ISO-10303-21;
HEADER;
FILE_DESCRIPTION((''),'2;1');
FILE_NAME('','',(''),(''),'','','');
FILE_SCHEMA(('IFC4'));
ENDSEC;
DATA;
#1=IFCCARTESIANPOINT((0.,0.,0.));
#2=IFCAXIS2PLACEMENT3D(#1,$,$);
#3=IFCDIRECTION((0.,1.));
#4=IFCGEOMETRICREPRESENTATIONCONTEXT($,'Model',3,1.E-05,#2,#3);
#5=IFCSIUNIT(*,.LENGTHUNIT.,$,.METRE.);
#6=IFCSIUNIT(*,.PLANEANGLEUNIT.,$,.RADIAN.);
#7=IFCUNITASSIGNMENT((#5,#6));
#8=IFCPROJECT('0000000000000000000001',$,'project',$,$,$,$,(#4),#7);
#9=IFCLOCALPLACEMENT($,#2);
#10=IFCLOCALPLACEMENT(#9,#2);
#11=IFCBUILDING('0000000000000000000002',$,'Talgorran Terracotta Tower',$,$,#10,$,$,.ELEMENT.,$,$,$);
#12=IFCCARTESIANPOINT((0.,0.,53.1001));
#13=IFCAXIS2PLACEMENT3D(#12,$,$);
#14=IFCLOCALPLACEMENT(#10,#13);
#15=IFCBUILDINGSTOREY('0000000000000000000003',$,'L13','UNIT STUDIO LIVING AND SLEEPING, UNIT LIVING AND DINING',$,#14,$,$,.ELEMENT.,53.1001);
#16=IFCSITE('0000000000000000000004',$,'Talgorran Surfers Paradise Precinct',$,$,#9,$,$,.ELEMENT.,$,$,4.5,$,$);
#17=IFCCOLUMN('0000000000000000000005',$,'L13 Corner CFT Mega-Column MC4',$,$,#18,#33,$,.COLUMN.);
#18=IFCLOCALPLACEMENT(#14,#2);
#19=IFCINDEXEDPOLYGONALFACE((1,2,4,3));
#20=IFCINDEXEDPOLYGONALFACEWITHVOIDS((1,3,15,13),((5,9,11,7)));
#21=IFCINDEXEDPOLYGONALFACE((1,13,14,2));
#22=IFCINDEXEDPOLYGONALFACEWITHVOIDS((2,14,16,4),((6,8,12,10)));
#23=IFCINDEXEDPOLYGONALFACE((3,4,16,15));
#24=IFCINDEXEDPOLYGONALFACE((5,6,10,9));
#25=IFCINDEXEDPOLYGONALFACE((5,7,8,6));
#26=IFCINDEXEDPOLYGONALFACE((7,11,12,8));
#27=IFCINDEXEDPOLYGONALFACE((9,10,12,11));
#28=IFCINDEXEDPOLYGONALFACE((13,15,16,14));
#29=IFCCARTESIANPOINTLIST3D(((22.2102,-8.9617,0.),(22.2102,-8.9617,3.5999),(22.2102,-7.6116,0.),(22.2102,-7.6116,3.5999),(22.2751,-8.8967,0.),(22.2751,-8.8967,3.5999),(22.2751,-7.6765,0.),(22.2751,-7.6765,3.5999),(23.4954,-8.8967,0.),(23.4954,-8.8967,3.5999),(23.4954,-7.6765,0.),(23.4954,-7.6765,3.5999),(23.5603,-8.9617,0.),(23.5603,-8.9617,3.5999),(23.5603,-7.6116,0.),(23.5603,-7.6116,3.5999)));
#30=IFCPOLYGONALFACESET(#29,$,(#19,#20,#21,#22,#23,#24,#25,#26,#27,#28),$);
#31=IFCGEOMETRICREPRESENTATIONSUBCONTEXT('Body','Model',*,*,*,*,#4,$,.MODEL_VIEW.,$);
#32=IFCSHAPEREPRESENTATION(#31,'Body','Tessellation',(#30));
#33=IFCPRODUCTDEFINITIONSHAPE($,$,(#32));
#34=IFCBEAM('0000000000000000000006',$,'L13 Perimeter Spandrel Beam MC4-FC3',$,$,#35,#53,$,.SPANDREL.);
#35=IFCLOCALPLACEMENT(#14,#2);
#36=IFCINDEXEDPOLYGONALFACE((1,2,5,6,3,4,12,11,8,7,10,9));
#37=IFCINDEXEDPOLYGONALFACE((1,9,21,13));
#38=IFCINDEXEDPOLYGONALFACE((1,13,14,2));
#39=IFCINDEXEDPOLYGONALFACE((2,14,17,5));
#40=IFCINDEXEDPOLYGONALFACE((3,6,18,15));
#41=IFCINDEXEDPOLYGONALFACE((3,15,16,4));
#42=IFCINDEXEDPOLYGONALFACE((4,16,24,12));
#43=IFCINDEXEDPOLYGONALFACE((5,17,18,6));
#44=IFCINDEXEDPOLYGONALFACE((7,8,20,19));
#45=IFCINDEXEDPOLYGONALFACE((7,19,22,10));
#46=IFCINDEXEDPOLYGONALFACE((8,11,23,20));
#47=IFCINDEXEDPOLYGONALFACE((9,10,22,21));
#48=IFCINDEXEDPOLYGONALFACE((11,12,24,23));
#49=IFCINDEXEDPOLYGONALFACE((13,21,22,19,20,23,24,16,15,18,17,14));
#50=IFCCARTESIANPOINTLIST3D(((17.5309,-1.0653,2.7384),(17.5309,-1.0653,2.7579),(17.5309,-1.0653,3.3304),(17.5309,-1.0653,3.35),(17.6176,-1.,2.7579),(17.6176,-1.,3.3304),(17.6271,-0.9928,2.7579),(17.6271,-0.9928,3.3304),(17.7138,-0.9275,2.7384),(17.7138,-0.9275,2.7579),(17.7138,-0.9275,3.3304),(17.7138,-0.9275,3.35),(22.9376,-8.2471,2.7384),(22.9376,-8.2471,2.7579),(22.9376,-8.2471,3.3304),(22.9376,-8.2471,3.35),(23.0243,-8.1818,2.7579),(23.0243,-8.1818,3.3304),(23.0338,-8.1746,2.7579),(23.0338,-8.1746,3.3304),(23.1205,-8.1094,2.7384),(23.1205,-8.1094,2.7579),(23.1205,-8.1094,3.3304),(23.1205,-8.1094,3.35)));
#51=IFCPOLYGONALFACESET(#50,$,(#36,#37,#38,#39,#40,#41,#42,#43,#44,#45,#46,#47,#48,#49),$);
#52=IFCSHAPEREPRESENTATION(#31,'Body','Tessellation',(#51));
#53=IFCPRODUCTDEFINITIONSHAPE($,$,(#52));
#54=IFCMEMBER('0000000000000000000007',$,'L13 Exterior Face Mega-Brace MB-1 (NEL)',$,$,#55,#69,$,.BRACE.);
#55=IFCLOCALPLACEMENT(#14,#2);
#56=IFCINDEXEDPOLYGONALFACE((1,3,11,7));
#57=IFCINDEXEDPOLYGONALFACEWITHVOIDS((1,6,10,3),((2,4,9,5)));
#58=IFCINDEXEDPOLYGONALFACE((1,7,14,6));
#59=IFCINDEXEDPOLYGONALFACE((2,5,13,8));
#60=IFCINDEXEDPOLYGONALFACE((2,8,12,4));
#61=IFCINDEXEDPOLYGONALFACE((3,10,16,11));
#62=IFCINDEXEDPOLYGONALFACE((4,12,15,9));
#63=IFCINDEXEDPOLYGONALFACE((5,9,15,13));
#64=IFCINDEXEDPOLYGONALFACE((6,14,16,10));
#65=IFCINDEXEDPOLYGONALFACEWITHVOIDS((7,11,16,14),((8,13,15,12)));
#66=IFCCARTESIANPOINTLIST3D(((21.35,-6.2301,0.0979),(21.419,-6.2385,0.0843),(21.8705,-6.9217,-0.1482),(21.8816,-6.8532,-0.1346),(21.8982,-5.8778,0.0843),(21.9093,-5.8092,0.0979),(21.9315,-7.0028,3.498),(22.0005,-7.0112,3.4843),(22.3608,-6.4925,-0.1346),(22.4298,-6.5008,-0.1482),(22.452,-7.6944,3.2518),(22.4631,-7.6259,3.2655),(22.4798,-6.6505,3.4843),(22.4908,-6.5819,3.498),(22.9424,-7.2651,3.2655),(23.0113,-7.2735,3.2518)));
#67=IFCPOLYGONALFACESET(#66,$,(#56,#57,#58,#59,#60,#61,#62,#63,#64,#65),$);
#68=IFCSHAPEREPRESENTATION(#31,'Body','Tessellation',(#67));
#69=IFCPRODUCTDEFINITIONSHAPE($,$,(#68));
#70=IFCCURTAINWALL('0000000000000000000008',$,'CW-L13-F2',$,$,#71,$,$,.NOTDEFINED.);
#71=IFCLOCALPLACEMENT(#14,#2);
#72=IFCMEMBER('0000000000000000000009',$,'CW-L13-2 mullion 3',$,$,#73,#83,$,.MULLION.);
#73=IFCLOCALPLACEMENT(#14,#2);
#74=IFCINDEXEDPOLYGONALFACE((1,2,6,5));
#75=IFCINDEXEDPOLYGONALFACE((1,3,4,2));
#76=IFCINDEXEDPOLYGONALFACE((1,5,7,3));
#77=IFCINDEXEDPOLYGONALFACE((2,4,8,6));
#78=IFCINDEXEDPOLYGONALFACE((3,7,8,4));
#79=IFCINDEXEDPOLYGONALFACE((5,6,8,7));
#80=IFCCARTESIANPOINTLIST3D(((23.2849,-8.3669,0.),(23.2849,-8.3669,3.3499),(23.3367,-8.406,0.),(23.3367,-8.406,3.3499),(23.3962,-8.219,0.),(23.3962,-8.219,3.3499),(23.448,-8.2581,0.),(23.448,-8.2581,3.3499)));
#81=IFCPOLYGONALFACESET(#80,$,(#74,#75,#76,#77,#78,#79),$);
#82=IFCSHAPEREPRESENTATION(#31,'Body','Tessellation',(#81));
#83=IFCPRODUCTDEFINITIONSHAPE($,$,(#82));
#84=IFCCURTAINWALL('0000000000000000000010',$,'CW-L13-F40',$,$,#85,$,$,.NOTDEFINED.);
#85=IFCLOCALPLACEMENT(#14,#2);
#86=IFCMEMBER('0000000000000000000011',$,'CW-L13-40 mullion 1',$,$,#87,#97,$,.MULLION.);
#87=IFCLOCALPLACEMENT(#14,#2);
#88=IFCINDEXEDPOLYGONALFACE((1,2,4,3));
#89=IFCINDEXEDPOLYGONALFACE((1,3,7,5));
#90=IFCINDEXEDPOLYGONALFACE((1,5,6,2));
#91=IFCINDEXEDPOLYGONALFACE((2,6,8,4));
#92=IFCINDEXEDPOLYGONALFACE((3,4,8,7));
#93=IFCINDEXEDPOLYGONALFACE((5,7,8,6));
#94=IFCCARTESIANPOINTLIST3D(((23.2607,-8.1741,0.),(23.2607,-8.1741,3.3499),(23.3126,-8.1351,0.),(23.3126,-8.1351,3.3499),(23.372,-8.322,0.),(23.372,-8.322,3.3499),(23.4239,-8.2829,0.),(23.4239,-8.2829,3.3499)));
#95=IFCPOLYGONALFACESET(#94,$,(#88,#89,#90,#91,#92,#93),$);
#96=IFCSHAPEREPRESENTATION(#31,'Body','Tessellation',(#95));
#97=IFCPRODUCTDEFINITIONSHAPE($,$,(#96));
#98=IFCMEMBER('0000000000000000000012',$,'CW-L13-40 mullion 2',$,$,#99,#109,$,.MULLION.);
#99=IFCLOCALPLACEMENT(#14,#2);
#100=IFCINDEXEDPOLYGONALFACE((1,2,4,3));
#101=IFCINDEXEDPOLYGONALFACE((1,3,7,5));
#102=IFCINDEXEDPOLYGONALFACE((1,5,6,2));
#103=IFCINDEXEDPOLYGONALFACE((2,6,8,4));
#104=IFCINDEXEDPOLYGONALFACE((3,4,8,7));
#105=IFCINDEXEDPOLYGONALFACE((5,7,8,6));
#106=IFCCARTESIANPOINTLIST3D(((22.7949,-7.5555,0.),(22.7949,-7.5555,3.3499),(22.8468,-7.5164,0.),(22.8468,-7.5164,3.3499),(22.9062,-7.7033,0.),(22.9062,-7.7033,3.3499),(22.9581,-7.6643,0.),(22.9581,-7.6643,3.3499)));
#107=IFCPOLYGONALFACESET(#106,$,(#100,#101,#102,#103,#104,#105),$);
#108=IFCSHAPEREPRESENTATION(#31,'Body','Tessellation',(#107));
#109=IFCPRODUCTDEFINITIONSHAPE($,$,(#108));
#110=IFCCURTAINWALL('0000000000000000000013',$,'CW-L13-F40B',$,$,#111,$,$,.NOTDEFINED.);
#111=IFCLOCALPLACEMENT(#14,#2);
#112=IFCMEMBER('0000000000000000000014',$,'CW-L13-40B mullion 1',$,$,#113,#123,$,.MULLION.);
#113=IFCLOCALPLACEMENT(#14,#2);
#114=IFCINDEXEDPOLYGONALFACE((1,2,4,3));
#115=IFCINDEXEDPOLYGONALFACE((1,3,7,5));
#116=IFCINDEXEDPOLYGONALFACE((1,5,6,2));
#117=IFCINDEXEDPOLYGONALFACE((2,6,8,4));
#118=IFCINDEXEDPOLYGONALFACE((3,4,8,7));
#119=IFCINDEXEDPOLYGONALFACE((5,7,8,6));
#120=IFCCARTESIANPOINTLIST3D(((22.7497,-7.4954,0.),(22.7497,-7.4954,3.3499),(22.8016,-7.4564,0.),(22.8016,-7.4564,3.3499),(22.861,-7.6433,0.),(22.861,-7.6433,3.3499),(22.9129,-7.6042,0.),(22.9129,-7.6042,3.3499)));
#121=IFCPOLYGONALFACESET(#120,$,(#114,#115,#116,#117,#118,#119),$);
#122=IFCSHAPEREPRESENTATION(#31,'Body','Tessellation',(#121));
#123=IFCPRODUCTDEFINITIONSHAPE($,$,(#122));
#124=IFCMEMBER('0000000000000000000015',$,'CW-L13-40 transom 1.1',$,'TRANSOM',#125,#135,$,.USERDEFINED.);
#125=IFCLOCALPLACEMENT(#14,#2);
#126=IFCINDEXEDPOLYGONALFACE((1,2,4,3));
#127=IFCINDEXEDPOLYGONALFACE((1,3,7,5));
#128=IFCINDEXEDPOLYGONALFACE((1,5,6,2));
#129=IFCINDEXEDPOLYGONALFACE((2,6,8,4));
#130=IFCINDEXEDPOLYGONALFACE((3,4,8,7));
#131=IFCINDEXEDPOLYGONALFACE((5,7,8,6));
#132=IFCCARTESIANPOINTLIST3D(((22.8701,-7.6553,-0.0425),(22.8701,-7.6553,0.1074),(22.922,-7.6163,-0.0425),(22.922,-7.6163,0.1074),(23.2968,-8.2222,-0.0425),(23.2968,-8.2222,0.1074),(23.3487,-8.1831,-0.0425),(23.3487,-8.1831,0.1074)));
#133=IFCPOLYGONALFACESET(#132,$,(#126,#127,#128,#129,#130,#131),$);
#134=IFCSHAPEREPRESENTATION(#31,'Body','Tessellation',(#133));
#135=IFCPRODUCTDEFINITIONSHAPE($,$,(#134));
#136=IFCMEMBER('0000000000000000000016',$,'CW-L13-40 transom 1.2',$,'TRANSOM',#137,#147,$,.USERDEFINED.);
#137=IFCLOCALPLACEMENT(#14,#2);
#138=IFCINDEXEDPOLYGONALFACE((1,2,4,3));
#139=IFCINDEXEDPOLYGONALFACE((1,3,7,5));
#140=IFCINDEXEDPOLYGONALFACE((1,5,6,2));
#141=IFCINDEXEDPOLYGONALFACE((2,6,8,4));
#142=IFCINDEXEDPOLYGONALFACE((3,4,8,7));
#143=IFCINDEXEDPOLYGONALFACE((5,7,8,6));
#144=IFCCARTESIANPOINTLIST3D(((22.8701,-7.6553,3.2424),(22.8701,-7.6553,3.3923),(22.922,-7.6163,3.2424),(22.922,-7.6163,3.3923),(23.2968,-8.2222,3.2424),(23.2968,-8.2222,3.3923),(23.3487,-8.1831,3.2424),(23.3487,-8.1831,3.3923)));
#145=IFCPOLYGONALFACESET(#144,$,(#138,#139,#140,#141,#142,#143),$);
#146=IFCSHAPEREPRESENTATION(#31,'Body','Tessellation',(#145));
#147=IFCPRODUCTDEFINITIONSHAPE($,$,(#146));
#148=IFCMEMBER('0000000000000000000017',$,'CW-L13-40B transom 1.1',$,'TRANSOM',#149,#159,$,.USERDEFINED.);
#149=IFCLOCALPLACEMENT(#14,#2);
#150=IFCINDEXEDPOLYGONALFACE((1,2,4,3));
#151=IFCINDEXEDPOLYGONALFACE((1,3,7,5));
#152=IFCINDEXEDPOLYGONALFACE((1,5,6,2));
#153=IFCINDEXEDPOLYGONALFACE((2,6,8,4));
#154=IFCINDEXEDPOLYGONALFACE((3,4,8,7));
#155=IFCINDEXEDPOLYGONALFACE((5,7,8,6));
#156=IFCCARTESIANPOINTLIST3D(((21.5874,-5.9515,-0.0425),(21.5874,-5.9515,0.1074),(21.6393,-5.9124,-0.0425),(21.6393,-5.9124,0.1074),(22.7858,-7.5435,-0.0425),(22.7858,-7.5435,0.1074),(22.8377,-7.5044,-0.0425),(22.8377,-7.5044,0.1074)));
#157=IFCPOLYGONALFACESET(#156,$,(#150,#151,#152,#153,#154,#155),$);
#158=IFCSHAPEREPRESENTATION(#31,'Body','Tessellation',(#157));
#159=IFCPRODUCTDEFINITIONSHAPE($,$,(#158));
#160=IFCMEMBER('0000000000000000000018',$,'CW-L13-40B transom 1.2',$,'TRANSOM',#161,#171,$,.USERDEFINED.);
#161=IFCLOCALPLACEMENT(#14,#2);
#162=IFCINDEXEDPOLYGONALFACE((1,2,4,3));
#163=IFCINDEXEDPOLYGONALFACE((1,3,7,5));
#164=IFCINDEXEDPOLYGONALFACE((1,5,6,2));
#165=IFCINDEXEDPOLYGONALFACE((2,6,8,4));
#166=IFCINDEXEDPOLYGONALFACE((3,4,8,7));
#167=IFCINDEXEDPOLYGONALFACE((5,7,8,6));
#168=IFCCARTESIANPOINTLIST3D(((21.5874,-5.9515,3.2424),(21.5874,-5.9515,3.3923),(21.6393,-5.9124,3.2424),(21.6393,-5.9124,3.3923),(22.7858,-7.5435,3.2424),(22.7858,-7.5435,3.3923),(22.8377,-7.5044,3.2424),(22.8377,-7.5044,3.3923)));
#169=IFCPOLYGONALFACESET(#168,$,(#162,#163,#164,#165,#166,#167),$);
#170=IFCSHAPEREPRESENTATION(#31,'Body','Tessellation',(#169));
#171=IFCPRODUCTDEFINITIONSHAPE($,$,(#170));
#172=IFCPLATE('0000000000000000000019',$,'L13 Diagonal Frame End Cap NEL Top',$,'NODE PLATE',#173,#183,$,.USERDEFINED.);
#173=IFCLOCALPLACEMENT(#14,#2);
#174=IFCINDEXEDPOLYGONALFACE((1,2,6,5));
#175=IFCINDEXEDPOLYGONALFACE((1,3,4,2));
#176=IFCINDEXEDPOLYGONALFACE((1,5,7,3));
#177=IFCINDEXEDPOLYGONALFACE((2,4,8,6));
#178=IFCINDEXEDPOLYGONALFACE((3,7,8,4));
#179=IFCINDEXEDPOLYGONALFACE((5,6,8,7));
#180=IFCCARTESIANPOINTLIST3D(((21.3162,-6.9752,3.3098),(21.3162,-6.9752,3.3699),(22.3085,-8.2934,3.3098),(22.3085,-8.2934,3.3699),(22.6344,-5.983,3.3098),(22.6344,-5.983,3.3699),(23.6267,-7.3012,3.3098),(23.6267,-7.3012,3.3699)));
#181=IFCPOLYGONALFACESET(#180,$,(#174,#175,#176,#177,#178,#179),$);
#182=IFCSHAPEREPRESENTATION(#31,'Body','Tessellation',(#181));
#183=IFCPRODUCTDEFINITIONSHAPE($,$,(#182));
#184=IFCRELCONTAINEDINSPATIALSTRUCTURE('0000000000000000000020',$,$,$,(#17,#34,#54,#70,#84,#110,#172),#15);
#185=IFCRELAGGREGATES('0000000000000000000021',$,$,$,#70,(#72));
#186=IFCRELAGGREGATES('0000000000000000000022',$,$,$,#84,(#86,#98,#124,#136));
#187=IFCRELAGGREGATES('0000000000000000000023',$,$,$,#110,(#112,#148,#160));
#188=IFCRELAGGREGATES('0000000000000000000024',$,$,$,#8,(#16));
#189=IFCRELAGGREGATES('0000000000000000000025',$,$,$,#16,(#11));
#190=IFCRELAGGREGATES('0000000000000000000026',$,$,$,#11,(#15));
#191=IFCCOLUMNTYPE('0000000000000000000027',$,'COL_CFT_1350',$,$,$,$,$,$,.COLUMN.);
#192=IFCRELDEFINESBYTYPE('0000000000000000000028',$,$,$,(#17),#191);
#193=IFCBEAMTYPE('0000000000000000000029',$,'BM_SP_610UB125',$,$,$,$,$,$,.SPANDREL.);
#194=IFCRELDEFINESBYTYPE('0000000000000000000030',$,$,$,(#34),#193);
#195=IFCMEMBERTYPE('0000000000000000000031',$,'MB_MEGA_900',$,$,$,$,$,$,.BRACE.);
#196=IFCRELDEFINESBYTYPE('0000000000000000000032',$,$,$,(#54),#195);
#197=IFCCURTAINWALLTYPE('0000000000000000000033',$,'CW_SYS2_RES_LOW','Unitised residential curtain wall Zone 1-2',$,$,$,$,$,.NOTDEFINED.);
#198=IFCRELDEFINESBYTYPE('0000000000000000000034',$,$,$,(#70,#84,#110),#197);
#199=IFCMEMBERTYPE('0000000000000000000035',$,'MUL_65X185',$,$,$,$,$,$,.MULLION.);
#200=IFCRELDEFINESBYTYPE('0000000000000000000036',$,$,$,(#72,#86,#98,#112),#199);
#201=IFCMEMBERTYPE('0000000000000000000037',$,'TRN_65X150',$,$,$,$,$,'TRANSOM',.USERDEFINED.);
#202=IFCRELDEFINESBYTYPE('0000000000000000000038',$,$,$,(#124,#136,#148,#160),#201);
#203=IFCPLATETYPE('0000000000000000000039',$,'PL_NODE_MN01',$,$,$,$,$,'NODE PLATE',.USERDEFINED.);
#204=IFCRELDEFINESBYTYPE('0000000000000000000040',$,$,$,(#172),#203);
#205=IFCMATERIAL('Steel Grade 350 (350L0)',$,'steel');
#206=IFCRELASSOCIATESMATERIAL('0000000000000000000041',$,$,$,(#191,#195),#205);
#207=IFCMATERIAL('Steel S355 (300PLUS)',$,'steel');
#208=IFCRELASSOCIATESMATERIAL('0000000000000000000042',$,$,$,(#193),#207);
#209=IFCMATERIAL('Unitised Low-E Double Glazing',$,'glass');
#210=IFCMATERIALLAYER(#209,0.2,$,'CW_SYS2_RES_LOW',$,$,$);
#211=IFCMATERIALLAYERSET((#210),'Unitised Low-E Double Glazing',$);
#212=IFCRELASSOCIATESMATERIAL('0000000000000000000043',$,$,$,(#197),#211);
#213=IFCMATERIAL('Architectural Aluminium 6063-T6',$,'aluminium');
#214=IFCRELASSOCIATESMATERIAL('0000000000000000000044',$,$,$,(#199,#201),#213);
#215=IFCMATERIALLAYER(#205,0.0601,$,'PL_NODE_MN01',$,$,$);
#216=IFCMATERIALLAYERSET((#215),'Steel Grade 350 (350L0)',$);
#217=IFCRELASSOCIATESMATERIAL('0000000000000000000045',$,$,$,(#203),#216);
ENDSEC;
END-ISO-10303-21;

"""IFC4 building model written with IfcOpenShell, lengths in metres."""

from ifc_helpers import new_model, si_unit, direction, frame, origin, origin_2d, place, context, subcontext, project, spatial, rectangle, hollow_rectangle, i_section, extrude, material, layer, layer_set, material_profile, profile_set, type_object, element, aggregate, save


model = new_model("IFC4")

# Units and contexts
model_context = context("Model", 3, precision=1e-05, world=origin(), true_north=direction((0.0, 1.0)))
body_context = subcontext(model_context, "Body", "Model", "MODEL_VIEW")
ifc_project = project(units=[si_unit("LENGTHUNIT", "METRE"), si_unit("PLANEANGLEUNIT", "RADIAN")], contexts=[model_context])

# Site, building, storey
site_placement = place(None, origin())
site = spatial("IfcSite", under=ifc_project, at=site_placement, Name="Talgorran Surfers Paradise Precinct", CompositionType="ELEMENT", RefElevation=4.5)
building_placement = place(site_placement, origin())
building = spatial("IfcBuilding", under=site, at=building_placement, Name="Talgorran Terracotta Tower", CompositionType="ELEMENT")
storey_placement = place(building_placement, frame((0.0, 0.0, 53.1001)))
storey = spatial("IfcBuildingStorey", under=building, at=storey_placement, Name="L13", Description="UNIT STUDIO LIVING AND SLEEPING, UNIT LIVING AND DINING", CompositionType="ELEMENT", Elevation=53.1001)

# Column
ifc_material_1 = material(Name="Steel Grade 350 (350L0)", Category="steel")
ifc_material_profile_1 = material_profile(ifc_material_1, hollow_rectangle(XDim=1.3501, YDim=1.3501, WallThickness=0.0649, at=origin_2d()), Name="CFT1350X1350X65")
ifc_profile_set_1 = profile_set([ifc_material_profile_1], Name="Steel Grade 350 (350L0)")
column_type = type_object("IfcColumnType", Name="COL_CFT_1350", PredefinedType="COLUMN", material=ifc_profile_set_1)
column_placement = place(storey_placement, frame((22.8853, -8.2866, 0.0), z_axis=(0.0, 0.0, 1.0), x_axis=(1.0, 0.0, 0.0)))
element("IfcColumn", 1, at=column_placement, inside=storey, type_object=column_type, Name="L13 Corner CFT Mega-Column MC4", PredefinedType="COLUMN", context=body_context, shape_type="SweptSolid", body=[
    extrude(hollow_rectangle(XDim=1.3501, YDim=1.3501, WallThickness=0.0649, at=origin_2d()), origin(), (0.0, 0.0, 1.0), 3.5999),
])

# Beam
ifc_material_2 = material(Name="Steel S355 (300PLUS)", Category="steel")
ifc_material_profile_2 = material_profile(ifc_material_2, i_section(OverallWidth=0.229, OverallDepth=0.6116, WebThickness=0.012, FlangeThickness=0.0195, at=origin_2d()), Name="610UB125")
ifc_profile_set_2 = profile_set([ifc_material_profile_2], Name="Steel S355 (300PLUS)")
beam_type = type_object("IfcBeamType", Name="BM_SP_610UB125", PredefinedType="SPANDREL", material=ifc_profile_set_2)
beam_placement = place(storey_placement, frame((23.0291, -8.1782, 3.0442), z_axis=(-0.601446, 0.798913, 0.0), x_axis=(-0.798913, -0.601446, 0.0)))
element("IfcBeam", 2, at=beam_placement, inside=storey, type_object=beam_type, Name="L13 Perimeter Spandrel Beam MC4-FC3", PredefinedType="SPANDREL", context=body_context, shape_type="SweptSolid", body=[
    extrude(i_section(OverallWidth=0.229, OverallDepth=0.6116, WebThickness=0.012, FlangeThickness=0.0195, at=origin_2d()), origin(), (0.0, 0.0, 1.0), 8.9895),
])

# Member
ifc_material_profile_3 = material_profile(ifc_material_1, hollow_rectangle(XDim=0.7, YDim=0.8999, WallThickness=0.05, at=origin_2d()), Name="WBOX900X700X50")
ifc_profile_set_3 = profile_set([ifc_material_profile_3], Name="Steel Grade 350 (350L0)")
member_type_1 = type_object("IfcMemberType", Name="MB_MEGA_900", PredefinedType="BRACE", material=ifc_profile_set_3)
member_1_placement = place(storey_placement, frame((21.8899, -6.3655, -0.0251), z_axis=(0.16451, -0.218587, 0.961851), x_axis=(0.798999, 0.601332, 0.0)))
element("IfcMember", 3, at=member_1_placement, inside=storey, type_object=member_type_1, Name="L13 Exterior Face Mega-Brace MB-1 (NEL)", PredefinedType="BRACE", context=body_context, shape_type="SweptSolid", body=[
    extrude(hollow_rectangle(XDim=0.7, YDim=0.8999, WallThickness=0.05, at=origin_2d()), origin(), (0.0, 0.0, 1.0), 3.5349),
])

# Curtain wall, member
ifc_material_3 = material(Name="Unitised Low-E Double Glazing", Category="glass")
ifc_layer_1 = layer(ifc_material_3, 0.2, Name="CW_SYS2_RES_LOW")
ifc_layer_set_1 = layer_set([ifc_layer_1], Name="Unitised Low-E Double Glazing")
curtain_wall_type = type_object("IfcCurtainWallType", Name="CW_SYS2_RES_LOW", Description="Unitised residential curtain wall Zone 1-2", PredefinedType="NOTDEFINED", material=ifc_layer_set_1)
curtain_wall_1_placement = place(storey_placement, origin())
curtain_wall_1 = element("IfcCurtainWall", 4, at=curtain_wall_1_placement, inside=storey, type_object=curtain_wall_type, Name="CW-L13-F2", PredefinedType="NOTDEFINED")
ifc_material_4 = material(Name="Architectural Aluminium 6063-T6", Category="aluminium")
ifc_material_profile_4 = material_profile(ifc_material_4, rectangle(XDim=0.0649, YDim=0.1851, at=origin_2d()), Name="CWM65X185")
ifc_profile_set_4 = profile_set([ifc_material_profile_4], Name="Architectural Aluminium 6063-T6")
member_type_2 = type_object("IfcMemberType", Name="MUL_65X185", PredefinedType="MULLION", material=ifc_profile_set_4)
member_2_placement = place(storey_placement, frame((23.3665, -8.3125, 0.0), z_axis=(0.0, 0.0, 1.0), x_axis=(-0.798916, 0.601442, 0.0)))
member_2 = element("IfcMember", 5, at=member_2_placement, type_object=member_type_2, Name="CW-L13-2 mullion 3", PredefinedType="MULLION", context=body_context, shape_type="SweptSolid", body=[
    extrude(rectangle(XDim=0.0649, YDim=0.1851, at=origin_2d()), origin(), (0.0, 0.0, 1.0), 3.3499),
])

# Curtain wall, members
curtain_wall_2_placement = place(storey_placement, origin())
curtain_wall_2 = element("IfcCurtainWall", 6, at=curtain_wall_2_placement, inside=storey, type_object=curtain_wall_type, Name="CW-L13-F40", PredefinedType="NOTDEFINED")
member_3_placement = place(storey_placement, frame((23.3423, -8.2285, 0.0), z_axis=(0.0, 0.0, 1.0), x_axis=(-0.798913, -0.601447, 0.0)))
member_3 = element("IfcMember", 7, at=member_3_placement, type_object=member_type_2, Name="CW-L13-40 mullion 1", PredefinedType="MULLION", context=body_context, shape_type="SweptSolid", body=[
    extrude(rectangle(XDim=0.0649, YDim=0.1851, at=origin_2d()), origin(), (0.0, 0.0, 1.0), 3.3499),
])
member_4_placement = place(storey_placement, frame((22.8765, -7.6099, 0.0), z_axis=(0.0, 0.0, 1.0), x_axis=(-0.798913, -0.601447, 0.0)))
member_4 = element("IfcMember", 8, at=member_4_placement, type_object=member_type_2, Name="CW-L13-40 mullion 2", PredefinedType="MULLION", context=body_context, shape_type="SweptSolid", body=[
    extrude(rectangle(XDim=0.0649, YDim=0.1851, at=origin_2d()), origin(), (0.0, 0.0, 1.0), 3.3499),
])

# Curtain wall, member
curtain_wall_3_placement = place(storey_placement, origin())
curtain_wall_3 = element("IfcCurtainWall", 9, at=curtain_wall_3_placement, inside=storey, type_object=curtain_wall_type, Name="CW-L13-F40B", PredefinedType="NOTDEFINED")
member_5_placement = place(storey_placement, frame((22.8313, -7.5498, 0.0), z_axis=(0.0, 0.0, 1.0), x_axis=(-0.798919, -0.601439, 0.0)))
member_5 = element("IfcMember", 10, at=member_5_placement, type_object=member_type_2, Name="CW-L13-40B mullion 1", PredefinedType="MULLION", context=body_context, shape_type="SweptSolid", body=[
    extrude(rectangle(XDim=0.0649, YDim=0.1851, at=origin_2d()), origin(), (0.0, 0.0, 1.0), 3.3499),
])

# Members
ifc_material_profile_5 = material_profile(ifc_material_4, rectangle(XDim=0.0649, YDim=0.1499, at=origin_2d()), Name="CWT65X150")
ifc_profile_set_5 = profile_set([ifc_material_profile_5], Name="Architectural Aluminium 6063-T6")
member_type_3 = type_object("IfcMemberType", Name="TRN_65X150", ElementType="TRANSOM", PredefinedType="USERDEFINED", material=ifc_profile_set_5)
member_6_placement = place(storey_placement, frame((23.3228, -8.2026, 0.0325), z_axis=(-0.60143, 0.798925, 0.0), x_axis=(-0.798925, -0.60143, 0.0)))
member_6 = element("IfcMember", 11, at=member_6_placement, type_object=member_type_3, Name="CW-L13-40 transom 1.1", ObjectType="TRANSOM", PredefinedType="USERDEFINED", context=body_context, shape_type="SweptSolid", body=[
    extrude(rectangle(XDim=0.0649, YDim=0.1499, at=origin_2d()), origin(), (0.0, 0.0, 1.0), 0.7095),
])
member_7_placement = place(storey_placement, frame((23.3228, -8.2026, 3.3174), z_axis=(-0.60143, 0.798925, 0.0), x_axis=(-0.798925, -0.60143, 0.0)))
member_7 = element("IfcMember", 12, at=member_7_placement, type_object=member_type_3, Name="CW-L13-40 transom 1.2", ObjectType="TRANSOM", PredefinedType="USERDEFINED", context=body_context, shape_type="SweptSolid", body=[
    extrude(rectangle(XDim=0.0649, YDim=0.1499, at=origin_2d()), origin(), (0.0, 0.0, 1.0), 0.7095),
])
member_8_placement = place(storey_placement, frame((22.8118, -7.5239, 0.0325), z_axis=(-0.60143, 0.798925, 0.0), x_axis=(-0.798925, -0.60143, 0.0)))
member_8 = element("IfcMember", 13, at=member_8_placement, type_object=member_type_3, Name="CW-L13-40B transom 1.1", ObjectType="TRANSOM", PredefinedType="USERDEFINED", context=body_context, shape_type="SweptSolid", body=[
    extrude(rectangle(XDim=0.0649, YDim=0.1499, at=origin_2d()), origin(), (0.0, 0.0, 1.0), 1.9927),
])
member_9_placement = place(storey_placement, frame((22.8118, -7.5239, 3.3174), z_axis=(-0.60143, 0.798925, 0.0), x_axis=(-0.798925, -0.60143, 0.0)))
member_9 = element("IfcMember", 14, at=member_9_placement, type_object=member_type_3, Name="CW-L13-40B transom 1.2", ObjectType="TRANSOM", PredefinedType="USERDEFINED", context=body_context, shape_type="SweptSolid", body=[
    extrude(rectangle(XDim=0.0649, YDim=0.1499, at=origin_2d()), origin(), (0.0, 0.0, 1.0), 1.9927),
])

# Plate
ifc_layer_2 = layer(ifc_material_1, 0.0601, Name="PL_NODE_MN01")
ifc_layer_set_2 = layer_set([ifc_layer_2], Name="Steel Grade 350 (350L0)")
plate_type_1 = type_object("IfcPlateType", Name="PL_NODE_MN01", ElementType="NODE PLATE", PredefinedType="USERDEFINED", material=ifc_layer_set_2)
plate_1_placement = place(storey_placement, frame((22.4714, -7.1382, 3.3098), z_axis=(0.0, 0.0, 1.0), x_axis=(0.601397, -0.798951, 0.0)))
element("IfcPlate", 15, at=plate_1_placement, inside=storey, type_object=plate_type_1, Name="L13 Diagonal Frame End Cap NEL Top", ObjectType="NODE PLATE", PredefinedType="USERDEFINED", context=body_context, shape_type="SweptSolid", body=[
    extrude(rectangle(XDim=1.6499, YDim=1.6499, at=origin_2d()), origin(), (0.0, 0.0, 1.0), 0.0601),
])
aggregate(curtain_wall_1, [member_2])
aggregate(curtain_wall_2, [member_3, member_4, member_6, member_7])
aggregate(curtain_wall_3, [member_5, member_8, member_9])

save(model, "model.ifc")
